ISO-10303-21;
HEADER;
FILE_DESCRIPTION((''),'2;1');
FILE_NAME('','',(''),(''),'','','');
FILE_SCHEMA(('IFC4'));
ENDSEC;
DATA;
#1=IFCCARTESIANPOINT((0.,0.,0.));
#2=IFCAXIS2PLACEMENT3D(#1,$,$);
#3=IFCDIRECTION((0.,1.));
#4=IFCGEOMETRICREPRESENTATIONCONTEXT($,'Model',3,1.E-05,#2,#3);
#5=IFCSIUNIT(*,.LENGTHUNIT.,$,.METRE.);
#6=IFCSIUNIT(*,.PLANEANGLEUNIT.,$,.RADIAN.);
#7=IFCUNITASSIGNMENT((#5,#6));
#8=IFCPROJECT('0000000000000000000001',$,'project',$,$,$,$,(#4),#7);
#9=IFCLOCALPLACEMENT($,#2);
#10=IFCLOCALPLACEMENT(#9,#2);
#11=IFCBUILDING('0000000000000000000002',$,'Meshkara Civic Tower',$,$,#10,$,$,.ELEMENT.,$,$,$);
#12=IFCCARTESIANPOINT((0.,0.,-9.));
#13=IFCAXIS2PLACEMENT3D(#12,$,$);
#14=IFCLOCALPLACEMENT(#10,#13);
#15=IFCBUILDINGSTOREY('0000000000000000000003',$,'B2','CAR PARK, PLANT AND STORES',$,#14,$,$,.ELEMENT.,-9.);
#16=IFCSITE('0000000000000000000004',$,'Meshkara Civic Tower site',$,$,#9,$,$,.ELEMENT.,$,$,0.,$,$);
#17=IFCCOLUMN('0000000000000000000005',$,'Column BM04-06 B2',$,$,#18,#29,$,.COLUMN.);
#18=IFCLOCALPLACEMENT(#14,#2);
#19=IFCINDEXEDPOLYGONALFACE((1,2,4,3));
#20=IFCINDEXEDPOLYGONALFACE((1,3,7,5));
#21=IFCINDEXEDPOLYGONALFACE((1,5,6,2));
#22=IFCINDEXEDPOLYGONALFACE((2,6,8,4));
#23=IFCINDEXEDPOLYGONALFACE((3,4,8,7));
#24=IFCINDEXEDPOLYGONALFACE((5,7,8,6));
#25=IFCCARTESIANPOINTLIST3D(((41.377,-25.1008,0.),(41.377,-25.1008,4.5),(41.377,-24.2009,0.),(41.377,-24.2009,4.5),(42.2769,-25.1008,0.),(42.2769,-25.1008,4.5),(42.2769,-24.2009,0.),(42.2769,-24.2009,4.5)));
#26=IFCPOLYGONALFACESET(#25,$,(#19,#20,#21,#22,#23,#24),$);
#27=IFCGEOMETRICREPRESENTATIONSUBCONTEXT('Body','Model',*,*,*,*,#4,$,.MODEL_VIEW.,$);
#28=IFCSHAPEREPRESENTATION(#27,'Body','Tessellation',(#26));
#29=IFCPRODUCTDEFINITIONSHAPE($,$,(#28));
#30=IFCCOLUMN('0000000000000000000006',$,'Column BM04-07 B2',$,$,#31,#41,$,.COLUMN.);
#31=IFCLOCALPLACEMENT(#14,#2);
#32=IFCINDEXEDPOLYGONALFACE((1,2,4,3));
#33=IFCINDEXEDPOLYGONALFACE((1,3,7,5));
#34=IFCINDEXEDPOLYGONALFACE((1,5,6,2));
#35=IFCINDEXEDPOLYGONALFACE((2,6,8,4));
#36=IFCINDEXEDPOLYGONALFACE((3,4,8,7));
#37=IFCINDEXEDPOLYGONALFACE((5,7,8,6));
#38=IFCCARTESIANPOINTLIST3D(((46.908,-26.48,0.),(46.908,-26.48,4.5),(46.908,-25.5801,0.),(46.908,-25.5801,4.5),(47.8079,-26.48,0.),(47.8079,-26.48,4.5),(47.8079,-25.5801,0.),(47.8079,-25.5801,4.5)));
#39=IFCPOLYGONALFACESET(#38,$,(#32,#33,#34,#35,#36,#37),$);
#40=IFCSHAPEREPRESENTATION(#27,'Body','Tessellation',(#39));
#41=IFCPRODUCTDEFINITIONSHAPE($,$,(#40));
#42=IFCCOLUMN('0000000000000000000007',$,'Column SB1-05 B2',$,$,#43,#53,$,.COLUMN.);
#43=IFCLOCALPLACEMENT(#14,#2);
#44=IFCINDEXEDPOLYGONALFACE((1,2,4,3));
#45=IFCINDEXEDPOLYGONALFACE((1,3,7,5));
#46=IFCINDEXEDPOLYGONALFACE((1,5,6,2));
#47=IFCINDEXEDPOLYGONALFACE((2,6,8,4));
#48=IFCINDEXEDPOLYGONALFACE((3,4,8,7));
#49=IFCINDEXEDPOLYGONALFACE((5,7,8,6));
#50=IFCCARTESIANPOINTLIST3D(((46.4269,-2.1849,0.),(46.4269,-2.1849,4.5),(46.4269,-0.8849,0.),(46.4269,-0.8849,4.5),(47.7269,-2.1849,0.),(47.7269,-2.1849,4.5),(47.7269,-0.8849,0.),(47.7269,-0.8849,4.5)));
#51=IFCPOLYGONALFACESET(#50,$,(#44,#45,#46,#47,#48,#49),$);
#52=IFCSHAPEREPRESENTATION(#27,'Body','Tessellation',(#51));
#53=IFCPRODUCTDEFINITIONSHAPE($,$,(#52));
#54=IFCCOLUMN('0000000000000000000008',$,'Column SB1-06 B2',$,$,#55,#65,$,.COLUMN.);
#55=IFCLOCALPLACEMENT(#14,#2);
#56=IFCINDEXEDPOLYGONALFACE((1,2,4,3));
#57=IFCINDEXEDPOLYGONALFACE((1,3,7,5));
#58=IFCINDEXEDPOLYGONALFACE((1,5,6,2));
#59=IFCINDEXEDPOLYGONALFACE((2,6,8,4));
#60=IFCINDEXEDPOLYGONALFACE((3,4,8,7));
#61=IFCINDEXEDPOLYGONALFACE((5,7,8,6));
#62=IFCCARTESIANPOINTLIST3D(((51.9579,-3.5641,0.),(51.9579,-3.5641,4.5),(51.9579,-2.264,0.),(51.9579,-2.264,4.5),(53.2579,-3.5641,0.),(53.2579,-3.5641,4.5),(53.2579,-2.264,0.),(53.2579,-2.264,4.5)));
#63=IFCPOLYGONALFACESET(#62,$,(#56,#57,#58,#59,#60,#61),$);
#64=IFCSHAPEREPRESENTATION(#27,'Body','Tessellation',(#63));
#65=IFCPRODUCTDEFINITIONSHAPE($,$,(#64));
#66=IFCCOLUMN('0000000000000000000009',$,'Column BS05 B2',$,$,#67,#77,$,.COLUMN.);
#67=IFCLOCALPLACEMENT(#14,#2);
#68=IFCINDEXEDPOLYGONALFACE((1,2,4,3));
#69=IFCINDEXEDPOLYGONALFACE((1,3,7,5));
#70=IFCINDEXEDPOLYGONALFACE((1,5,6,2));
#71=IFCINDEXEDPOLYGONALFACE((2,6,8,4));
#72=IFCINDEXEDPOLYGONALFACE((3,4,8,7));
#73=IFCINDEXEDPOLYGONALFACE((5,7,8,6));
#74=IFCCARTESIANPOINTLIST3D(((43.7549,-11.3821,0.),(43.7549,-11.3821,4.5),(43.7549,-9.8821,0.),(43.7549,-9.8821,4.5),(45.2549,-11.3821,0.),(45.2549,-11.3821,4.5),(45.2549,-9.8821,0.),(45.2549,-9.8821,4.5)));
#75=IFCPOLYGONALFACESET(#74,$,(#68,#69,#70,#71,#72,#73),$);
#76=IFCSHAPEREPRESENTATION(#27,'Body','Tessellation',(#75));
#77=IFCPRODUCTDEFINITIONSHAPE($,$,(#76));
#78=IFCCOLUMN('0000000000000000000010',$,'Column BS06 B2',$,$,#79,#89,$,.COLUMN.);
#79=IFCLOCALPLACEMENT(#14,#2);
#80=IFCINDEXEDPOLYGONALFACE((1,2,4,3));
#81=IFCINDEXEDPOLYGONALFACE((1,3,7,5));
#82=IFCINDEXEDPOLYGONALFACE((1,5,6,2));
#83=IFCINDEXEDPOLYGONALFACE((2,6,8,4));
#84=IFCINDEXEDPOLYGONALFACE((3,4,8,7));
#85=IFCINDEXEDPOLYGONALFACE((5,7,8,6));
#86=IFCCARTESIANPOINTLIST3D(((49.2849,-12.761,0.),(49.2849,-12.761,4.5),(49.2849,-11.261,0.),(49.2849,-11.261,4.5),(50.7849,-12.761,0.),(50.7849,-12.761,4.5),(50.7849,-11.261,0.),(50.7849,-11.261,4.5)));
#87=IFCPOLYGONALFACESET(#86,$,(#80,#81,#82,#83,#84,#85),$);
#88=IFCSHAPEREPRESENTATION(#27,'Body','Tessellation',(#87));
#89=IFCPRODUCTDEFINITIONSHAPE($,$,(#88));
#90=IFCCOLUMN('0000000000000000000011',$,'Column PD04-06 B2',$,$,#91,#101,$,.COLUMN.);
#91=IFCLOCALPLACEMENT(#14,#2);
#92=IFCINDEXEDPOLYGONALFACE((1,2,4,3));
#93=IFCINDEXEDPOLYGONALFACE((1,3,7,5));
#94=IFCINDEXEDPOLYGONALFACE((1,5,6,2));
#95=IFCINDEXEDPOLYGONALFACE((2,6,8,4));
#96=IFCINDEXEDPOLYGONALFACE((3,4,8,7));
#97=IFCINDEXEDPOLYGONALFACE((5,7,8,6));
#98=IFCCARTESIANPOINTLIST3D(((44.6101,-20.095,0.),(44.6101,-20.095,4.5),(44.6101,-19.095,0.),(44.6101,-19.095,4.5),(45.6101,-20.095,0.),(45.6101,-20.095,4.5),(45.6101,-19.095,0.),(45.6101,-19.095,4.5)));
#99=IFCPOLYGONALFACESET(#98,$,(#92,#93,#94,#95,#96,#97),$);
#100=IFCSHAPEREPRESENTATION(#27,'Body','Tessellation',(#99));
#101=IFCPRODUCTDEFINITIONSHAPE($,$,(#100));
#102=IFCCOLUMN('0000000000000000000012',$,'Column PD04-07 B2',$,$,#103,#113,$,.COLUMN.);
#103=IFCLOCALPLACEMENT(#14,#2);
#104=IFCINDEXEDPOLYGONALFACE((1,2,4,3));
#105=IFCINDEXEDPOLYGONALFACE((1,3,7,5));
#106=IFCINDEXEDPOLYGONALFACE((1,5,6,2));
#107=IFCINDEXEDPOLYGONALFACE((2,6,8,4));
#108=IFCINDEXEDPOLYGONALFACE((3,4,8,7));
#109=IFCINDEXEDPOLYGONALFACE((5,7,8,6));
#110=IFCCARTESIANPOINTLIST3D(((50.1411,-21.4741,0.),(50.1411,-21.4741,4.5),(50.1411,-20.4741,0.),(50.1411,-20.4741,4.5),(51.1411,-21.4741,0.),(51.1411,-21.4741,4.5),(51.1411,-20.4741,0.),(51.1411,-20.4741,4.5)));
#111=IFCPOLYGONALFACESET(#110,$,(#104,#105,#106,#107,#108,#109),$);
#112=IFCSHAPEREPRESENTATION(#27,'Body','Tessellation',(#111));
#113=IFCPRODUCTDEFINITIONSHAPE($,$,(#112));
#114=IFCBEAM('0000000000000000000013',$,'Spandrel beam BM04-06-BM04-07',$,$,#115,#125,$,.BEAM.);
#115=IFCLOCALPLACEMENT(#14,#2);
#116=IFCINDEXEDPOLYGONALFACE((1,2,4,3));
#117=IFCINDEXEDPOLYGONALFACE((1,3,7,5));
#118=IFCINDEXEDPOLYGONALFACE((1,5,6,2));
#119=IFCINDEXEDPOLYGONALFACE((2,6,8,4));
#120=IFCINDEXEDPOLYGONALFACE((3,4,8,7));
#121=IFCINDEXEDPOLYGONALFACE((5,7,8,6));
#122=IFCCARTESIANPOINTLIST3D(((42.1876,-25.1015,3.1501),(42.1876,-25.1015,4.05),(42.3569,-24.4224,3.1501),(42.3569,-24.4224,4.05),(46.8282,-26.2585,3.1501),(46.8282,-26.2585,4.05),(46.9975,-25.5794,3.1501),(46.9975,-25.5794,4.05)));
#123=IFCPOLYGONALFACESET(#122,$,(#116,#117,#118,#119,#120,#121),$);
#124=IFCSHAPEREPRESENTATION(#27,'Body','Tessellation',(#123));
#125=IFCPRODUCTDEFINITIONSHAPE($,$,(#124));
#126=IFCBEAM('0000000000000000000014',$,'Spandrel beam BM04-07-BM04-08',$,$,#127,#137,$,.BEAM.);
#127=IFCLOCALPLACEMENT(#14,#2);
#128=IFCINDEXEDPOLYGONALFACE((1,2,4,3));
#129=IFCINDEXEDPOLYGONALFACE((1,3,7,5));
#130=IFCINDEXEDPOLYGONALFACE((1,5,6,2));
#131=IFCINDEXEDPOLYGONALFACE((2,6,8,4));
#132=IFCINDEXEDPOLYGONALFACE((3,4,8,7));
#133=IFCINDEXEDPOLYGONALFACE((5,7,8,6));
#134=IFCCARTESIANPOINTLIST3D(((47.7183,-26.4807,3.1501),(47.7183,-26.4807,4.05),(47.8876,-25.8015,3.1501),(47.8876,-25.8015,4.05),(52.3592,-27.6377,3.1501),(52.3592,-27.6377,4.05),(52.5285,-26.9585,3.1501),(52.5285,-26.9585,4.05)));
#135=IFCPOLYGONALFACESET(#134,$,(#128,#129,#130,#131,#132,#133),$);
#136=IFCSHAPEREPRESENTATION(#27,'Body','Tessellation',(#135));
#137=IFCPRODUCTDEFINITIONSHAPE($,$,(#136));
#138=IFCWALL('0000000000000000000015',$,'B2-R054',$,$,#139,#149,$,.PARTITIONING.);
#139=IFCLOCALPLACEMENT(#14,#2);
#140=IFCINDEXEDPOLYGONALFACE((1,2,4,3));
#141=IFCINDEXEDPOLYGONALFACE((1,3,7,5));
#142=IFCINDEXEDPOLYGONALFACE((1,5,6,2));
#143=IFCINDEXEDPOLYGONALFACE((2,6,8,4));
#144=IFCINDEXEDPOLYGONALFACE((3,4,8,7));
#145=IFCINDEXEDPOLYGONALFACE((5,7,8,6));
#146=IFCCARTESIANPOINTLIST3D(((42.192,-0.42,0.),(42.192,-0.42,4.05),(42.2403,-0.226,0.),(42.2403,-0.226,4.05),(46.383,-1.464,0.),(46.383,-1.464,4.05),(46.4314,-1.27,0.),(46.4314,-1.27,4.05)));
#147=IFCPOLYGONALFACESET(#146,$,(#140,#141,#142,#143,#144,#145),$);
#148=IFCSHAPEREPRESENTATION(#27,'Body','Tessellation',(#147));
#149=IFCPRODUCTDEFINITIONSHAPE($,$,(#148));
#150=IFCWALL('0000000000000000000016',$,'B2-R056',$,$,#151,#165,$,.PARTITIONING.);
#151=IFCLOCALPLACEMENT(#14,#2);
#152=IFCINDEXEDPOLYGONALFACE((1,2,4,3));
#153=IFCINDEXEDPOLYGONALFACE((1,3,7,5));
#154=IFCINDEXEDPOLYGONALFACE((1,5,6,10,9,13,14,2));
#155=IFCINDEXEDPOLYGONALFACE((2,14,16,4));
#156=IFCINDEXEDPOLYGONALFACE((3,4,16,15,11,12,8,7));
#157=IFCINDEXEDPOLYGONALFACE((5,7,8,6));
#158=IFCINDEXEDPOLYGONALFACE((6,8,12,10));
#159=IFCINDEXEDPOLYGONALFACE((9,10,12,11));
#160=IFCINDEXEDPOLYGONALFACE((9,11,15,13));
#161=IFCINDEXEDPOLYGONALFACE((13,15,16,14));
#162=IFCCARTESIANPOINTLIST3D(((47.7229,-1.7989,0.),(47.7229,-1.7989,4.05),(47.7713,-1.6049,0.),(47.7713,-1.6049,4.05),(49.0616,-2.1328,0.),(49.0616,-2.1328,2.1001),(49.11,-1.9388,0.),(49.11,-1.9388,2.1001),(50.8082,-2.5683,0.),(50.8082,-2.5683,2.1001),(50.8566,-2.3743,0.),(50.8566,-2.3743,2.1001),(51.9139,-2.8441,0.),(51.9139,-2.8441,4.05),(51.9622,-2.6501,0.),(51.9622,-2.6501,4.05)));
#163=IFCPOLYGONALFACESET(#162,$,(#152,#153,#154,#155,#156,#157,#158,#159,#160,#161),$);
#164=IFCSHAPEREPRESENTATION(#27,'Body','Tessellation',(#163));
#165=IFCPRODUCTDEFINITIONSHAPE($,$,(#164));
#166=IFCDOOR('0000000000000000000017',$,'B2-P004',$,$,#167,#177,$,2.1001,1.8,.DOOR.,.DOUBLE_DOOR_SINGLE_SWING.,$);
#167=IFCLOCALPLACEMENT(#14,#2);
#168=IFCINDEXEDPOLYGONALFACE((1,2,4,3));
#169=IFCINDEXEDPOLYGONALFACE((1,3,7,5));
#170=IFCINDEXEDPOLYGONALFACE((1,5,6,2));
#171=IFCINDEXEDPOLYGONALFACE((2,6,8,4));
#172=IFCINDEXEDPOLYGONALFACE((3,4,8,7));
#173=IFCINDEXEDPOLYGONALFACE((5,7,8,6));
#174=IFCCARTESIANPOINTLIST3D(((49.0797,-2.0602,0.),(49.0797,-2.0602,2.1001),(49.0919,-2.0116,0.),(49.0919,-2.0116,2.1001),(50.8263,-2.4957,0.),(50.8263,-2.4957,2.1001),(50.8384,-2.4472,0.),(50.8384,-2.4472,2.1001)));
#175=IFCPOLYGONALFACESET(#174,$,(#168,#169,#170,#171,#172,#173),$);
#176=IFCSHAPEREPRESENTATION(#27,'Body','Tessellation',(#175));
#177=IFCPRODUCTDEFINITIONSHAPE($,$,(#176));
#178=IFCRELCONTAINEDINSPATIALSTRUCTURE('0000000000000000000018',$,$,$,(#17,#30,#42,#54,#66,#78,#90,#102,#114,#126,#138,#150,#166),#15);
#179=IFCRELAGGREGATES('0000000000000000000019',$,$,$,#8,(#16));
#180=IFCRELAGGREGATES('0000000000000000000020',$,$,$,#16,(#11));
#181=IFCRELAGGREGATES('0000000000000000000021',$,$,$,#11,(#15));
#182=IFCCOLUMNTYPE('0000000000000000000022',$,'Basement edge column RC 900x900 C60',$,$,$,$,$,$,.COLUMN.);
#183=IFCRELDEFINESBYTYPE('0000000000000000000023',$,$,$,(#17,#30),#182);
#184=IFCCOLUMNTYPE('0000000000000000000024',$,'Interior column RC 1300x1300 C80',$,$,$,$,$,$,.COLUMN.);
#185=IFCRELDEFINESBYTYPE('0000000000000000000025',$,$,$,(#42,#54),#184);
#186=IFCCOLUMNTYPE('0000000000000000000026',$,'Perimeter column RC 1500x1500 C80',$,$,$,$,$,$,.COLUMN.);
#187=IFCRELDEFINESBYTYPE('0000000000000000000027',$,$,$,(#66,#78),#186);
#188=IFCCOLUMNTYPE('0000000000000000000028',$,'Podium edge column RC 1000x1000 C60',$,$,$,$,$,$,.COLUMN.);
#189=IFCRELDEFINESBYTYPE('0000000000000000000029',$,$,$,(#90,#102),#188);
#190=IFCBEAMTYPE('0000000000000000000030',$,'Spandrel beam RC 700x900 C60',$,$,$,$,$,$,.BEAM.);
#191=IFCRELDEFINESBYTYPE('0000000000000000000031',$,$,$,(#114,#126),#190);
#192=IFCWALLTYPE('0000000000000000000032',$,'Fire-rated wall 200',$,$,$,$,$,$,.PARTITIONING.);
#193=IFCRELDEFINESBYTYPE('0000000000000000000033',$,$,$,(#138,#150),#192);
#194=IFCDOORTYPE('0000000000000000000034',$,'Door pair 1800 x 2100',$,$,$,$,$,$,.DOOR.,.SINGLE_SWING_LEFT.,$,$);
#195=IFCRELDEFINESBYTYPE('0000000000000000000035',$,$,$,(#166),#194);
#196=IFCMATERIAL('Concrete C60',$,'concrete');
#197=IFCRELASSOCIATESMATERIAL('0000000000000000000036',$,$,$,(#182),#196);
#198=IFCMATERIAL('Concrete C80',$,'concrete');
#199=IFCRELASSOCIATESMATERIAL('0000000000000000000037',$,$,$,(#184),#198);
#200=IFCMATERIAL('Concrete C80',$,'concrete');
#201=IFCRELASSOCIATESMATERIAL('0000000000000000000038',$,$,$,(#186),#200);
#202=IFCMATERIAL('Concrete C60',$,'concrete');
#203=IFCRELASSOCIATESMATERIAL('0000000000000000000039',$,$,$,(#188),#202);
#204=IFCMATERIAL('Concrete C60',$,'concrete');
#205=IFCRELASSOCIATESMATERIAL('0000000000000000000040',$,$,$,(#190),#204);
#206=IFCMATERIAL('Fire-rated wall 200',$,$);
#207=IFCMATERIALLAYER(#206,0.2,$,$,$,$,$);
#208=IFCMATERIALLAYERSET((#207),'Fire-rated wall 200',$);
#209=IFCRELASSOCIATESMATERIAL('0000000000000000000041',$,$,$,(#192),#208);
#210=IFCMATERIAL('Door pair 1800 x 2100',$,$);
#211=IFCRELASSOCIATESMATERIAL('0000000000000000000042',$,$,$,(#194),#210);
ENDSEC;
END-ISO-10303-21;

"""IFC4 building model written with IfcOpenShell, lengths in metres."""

from ifc_helpers import new_model, si_unit, direction, frame, frame_2d, origin, origin_2d, place, context, subcontext, project, spatial, rectangle, extrude, material, layer, layer_set, material_profile, profile_set, type_object, element, fill, save


model = new_model("IFC4")

# Units and contexts
model_context = context("Model", 3, precision=1e-05, world=origin(), true_north=direction((0.0, 1.0)))
body_context = subcontext(model_context, "Body", "Model", "MODEL_VIEW")
ifc_project = project(units=[si_unit("LENGTHUNIT", "METRE"), si_unit("PLANEANGLEUNIT", "RADIAN")], contexts=[model_context])

# Site, building, storey
site_placement = place(None, origin())
site = spatial("IfcSite", under=ifc_project, at=site_placement, Name="Meshkara Civic Tower site", CompositionType="ELEMENT", RefElevation=0.0)
building_placement = place(site_placement, origin())
building = spatial("IfcBuilding", under=site, at=building_placement, Name="Meshkara Civic Tower", CompositionType="ELEMENT")
storey_placement = place(building_placement, frame((0.0, 0.0, -9.0)))
storey = spatial("IfcBuildingStorey", under=building, at=storey_placement, Name="B2", Description="CAR PARK, PLANT AND STORES", CompositionType="ELEMENT", Elevation=-9.0)

# Columns
ifc_material_1 = material(Name="Concrete C60", Category="concrete")
ifc_material_profile_1 = material_profile(ifc_material_1, rectangle(XDim=0.8999, YDim=0.8999, at=origin_2d()))
ifc_profile_set_1 = profile_set([ifc_material_profile_1], Name="Concrete C60")
column_type_1 = type_object("IfcColumnType", Name="Basement edge column RC 900x900 C60", PredefinedType="COLUMN", material=ifc_profile_set_1)
for number, where, z_axis, x_axis, name in (
    (1, (41.8269, -24.6509, 0.0), (0.0, 0.0, 1.0), (1.0, 0.0, 0.0), "Column BM04-06 B2"),
    (2, (47.3579, -26.03, 0.0), (0.0, 0.0, 1.0), (1.0, 0.0, 0.0), "Column BM04-07 B2"),
):
    element("IfcColumn", number, at=place(storey_placement, frame(where, z_axis=z_axis, x_axis=x_axis)), inside=storey, type_object=column_type_1, Name=name, PredefinedType="COLUMN", context=body_context, shape_type="SweptSolid", body=[
        extrude(rectangle(XDim=0.8999, YDim=0.8999, at=origin_2d()), origin(), (0.0, 0.0, 1.0), 4.5),
    ])
ifc_material_2 = material(Name="Concrete C80", Category="concrete")
ifc_material_profile_2 = material_profile(ifc_material_2, rectangle(XDim=1.3, YDim=1.3, at=origin_2d()))
ifc_profile_set_2 = profile_set([ifc_material_profile_2], Name="Concrete C80")
column_type_2 = type_object("IfcColumnType", Name="Interior column RC 1300x1300 C80", PredefinedType="COLUMN", material=ifc_profile_set_2)
for number, where, z_axis, x_axis, name in (
    (3, (47.0769, -1.5349, 0.0), (0.0, 0.0, 1.0), (1.0, 0.0, 0.0), "Column SB1-05 B2"),
    (4, (52.6079, -2.9141, 0.0), (0.0, 0.0, 1.0), (1.0, 0.0, 0.0), "Column SB1-06 B2"),
):
    element("IfcColumn", number, at=place(storey_placement, frame(where, z_axis=z_axis, x_axis=x_axis)), inside=storey, type_object=column_type_2, Name=name, PredefinedType="COLUMN", context=body_context, shape_type="SweptSolid", body=[
        extrude(rectangle(XDim=1.3, YDim=1.3, at=origin_2d()), origin(), (0.0, 0.0, 1.0), 4.5),
    ])
ifc_material_3 = material(Name="Concrete C80", Category="concrete")
ifc_material_profile_3 = material_profile(ifc_material_3, rectangle(XDim=1.5, YDim=1.5, at=origin_2d()))
ifc_profile_set_3 = profile_set([ifc_material_profile_3], Name="Concrete C80")
column_type_3 = type_object("IfcColumnType", Name="Perimeter column RC 1500x1500 C80", PredefinedType="COLUMN", material=ifc_profile_set_3)
for number, where, z_axis, x_axis, name in (
    (5, (44.5049, -10.6321, 0.0), (0.0, 0.0, 1.0), (1.0, 0.0, 0.0), "Column BS05 B2"),
    (6, (50.0349, -12.011, 0.0), (0.0, 0.0, 1.0), (1.0, 0.0, 0.0), "Column BS06 B2"),
):
    element("IfcColumn", number, at=place(storey_placement, frame(where, z_axis=z_axis, x_axis=x_axis)), inside=storey, type_object=column_type_3, Name=name, PredefinedType="COLUMN", context=body_context, shape_type="SweptSolid", body=[
        extrude(rectangle(XDim=1.5, YDim=1.5, at=origin_2d()), origin(), (0.0, 0.0, 1.0), 4.5),
    ])
ifc_material_4 = material(Name="Concrete C60", Category="concrete")
ifc_material_profile_4 = material_profile(ifc_material_4, rectangle(XDim=1.0, YDim=1.0, at=origin_2d()))
ifc_profile_set_4 = profile_set([ifc_material_profile_4], Name="Concrete C60")
column_type_4 = type_object("IfcColumnType", Name="Podium edge column RC 1000x1000 C60", PredefinedType="COLUMN", material=ifc_profile_set_4)
for number, where, z_axis, x_axis, name in (
    (7, (45.1101, -19.595, 0.0), (0.0, 0.0, 1.0), (1.0, 0.0, 0.0), "Column PD04-06 B2"),
    (8, (50.6411, -20.9741, 0.0), (0.0, 0.0, 1.0), (1.0, 0.0, 0.0), "Column PD04-07 B2"),
):
    element("IfcColumn", number, at=place(storey_placement, frame(where, z_axis=z_axis, x_axis=x_axis)), inside=storey, type_object=column_type_4, Name=name, PredefinedType="COLUMN", context=body_context, shape_type="SweptSolid", body=[
        extrude(rectangle(XDim=1.0, YDim=1.0, at=origin_2d()), origin(), (0.0, 0.0, 1.0), 4.5),
    ])

# Beams
ifc_material_5 = material(Name="Concrete C60", Category="concrete")
ifc_material_profile_5 = material_profile(ifc_material_5, rectangle(XDim=0.7, YDim=0.8999, at=origin_2d()))
ifc_profile_set_5 = profile_set([ifc_material_profile_5], Name="Concrete C60")
beam_type = type_object("IfcBeamType", Name="Spandrel beam RC 700x900 C60", PredefinedType="BEAM", material=ifc_profile_set_5)
beam_1_placement = place(storey_placement, frame((42.2722, -24.762, 3.6001), z_axis=(0.970298, -0.241911, 0.0), x_axis=(0.241911, 0.970298, 0.0)))
element("IfcBeam", 9, at=beam_1_placement, inside=storey, type_object=beam_type, Name="Spandrel beam BM04-06-BM04-07", PredefinedType="BEAM", context=body_context, shape_type="SweptSolid", body=[
    extrude(rectangle(XDim=0.7, YDim=0.8999, at=origin_2d()), origin(), (0.0, 0.0, 1.0), 4.7827),
])
beam_2_placement = place(storey_placement, frame((47.803, -26.1411, 3.6001), z_axis=(0.970301, -0.241899, 0.0), x_axis=(0.241899, 0.970301, 0.0)))
element("IfcBeam", 10, at=beam_2_placement, inside=storey, type_object=beam_type, Name="Spandrel beam BM04-07-BM04-08", PredefinedType="BEAM", context=body_context, shape_type="SweptSolid", body=[
    extrude(rectangle(XDim=0.7, YDim=0.8999, at=origin_2d()), origin(), (0.0, 0.0, 1.0), 4.783),
])

# Wall
ifc_material_6 = material(Name="Fire-rated wall 200")
ifc_layer = layer(ifc_material_6, 0.2)
ifc_layer_set = layer_set([ifc_layer], Name="Fire-rated wall 200")
wall_type = type_object("IfcWallType", Name="Fire-rated wall 200", PredefinedType="PARTITIONING", material=ifc_layer_set)
wall_1_placement = place(storey_placement, frame((42.2161, -0.323, 0.0), z_axis=(0.0, 0.0, 1.0), x_axis=(0.970348, -0.241711, 0.0)))
element("IfcWall", 11, at=wall_1_placement, inside=storey, type_object=wall_type, Name="B2-R054", PredefinedType="PARTITIONING", context=body_context, shape_type="SweptSolid", body=[
    extrude(rectangle(XDim=4.3191, YDim=0.2, at=frame_2d((2.1597, 0.0))), origin(), (0.0, 0.0, 1.0), 4.05),
])

# Wall, opening, door
wall_2_placement = place(storey_placement, frame((47.7471, -1.7019, 0.0), z_axis=(0.0, 0.0, 1.0), x_axis=(0.970282, -0.241977, 0.0)))
wall_2 = element("IfcWall", 12, at=wall_2_placement, inside=storey, type_object=wall_type, Name="B2-R056", PredefinedType="PARTITIONING", context=body_context, shape_type="SweptSolid", body=[
    extrude(rectangle(XDim=4.3193, YDim=0.2, at=frame_2d((2.1597, 0.0))), origin(), (0.0, 0.0, 1.0), 4.05),
])
opening_placement = place(wall_2_placement, frame((1.3799, 0.0, 0.0)))
opening = element("IfcOpeningElement", 13, at=opening_placement, cuts=wall_2, PredefinedType="OPENING", context=body_context, shape_type="SweptSolid", body=[
    extrude(rectangle(XDim=1.8, YDim=2.1001, at=frame_2d((0.8999, 1.05))), frame((0.0, 0.1099, 0.0), z_axis=(0.0, -1.0, 0.0), x_axis=(1.0, 0.0, 0.0)), (0.0, 0.0, 1.0), 0.22),
])
ifc_material_7 = material(Name="Door pair 1800 x 2100")
door_type = type_object("IfcDoorType", Name="Door pair 1800 x 2100", OperationType="SINGLE_SWING_LEFT", PredefinedType="DOOR", material=ifc_material_7)
door_placement = place(opening_placement, origin())
door = element("IfcDoor", 14, at=door_placement, inside=storey, type_object=door_type, Name="B2-P004", OperationType="DOUBLE_DOOR_SINGLE_SWING", OverallHeight=2.1001, OverallWidth=1.8, PredefinedType="DOOR", context=body_context, shape_type="SweptSolid", body=[
    extrude(rectangle(XDim=1.8, YDim=2.1001, at=frame_2d((0.8999, 1.05))), frame((0.0, 0.0249, 0.0), z_axis=(0.0, -1.0, 0.0), x_axis=(1.0, 0.0, 0.0)), (0.0, 0.0, 1.0), 0.05),
])
fill(opening, door)

save(model, "model.ifc")
